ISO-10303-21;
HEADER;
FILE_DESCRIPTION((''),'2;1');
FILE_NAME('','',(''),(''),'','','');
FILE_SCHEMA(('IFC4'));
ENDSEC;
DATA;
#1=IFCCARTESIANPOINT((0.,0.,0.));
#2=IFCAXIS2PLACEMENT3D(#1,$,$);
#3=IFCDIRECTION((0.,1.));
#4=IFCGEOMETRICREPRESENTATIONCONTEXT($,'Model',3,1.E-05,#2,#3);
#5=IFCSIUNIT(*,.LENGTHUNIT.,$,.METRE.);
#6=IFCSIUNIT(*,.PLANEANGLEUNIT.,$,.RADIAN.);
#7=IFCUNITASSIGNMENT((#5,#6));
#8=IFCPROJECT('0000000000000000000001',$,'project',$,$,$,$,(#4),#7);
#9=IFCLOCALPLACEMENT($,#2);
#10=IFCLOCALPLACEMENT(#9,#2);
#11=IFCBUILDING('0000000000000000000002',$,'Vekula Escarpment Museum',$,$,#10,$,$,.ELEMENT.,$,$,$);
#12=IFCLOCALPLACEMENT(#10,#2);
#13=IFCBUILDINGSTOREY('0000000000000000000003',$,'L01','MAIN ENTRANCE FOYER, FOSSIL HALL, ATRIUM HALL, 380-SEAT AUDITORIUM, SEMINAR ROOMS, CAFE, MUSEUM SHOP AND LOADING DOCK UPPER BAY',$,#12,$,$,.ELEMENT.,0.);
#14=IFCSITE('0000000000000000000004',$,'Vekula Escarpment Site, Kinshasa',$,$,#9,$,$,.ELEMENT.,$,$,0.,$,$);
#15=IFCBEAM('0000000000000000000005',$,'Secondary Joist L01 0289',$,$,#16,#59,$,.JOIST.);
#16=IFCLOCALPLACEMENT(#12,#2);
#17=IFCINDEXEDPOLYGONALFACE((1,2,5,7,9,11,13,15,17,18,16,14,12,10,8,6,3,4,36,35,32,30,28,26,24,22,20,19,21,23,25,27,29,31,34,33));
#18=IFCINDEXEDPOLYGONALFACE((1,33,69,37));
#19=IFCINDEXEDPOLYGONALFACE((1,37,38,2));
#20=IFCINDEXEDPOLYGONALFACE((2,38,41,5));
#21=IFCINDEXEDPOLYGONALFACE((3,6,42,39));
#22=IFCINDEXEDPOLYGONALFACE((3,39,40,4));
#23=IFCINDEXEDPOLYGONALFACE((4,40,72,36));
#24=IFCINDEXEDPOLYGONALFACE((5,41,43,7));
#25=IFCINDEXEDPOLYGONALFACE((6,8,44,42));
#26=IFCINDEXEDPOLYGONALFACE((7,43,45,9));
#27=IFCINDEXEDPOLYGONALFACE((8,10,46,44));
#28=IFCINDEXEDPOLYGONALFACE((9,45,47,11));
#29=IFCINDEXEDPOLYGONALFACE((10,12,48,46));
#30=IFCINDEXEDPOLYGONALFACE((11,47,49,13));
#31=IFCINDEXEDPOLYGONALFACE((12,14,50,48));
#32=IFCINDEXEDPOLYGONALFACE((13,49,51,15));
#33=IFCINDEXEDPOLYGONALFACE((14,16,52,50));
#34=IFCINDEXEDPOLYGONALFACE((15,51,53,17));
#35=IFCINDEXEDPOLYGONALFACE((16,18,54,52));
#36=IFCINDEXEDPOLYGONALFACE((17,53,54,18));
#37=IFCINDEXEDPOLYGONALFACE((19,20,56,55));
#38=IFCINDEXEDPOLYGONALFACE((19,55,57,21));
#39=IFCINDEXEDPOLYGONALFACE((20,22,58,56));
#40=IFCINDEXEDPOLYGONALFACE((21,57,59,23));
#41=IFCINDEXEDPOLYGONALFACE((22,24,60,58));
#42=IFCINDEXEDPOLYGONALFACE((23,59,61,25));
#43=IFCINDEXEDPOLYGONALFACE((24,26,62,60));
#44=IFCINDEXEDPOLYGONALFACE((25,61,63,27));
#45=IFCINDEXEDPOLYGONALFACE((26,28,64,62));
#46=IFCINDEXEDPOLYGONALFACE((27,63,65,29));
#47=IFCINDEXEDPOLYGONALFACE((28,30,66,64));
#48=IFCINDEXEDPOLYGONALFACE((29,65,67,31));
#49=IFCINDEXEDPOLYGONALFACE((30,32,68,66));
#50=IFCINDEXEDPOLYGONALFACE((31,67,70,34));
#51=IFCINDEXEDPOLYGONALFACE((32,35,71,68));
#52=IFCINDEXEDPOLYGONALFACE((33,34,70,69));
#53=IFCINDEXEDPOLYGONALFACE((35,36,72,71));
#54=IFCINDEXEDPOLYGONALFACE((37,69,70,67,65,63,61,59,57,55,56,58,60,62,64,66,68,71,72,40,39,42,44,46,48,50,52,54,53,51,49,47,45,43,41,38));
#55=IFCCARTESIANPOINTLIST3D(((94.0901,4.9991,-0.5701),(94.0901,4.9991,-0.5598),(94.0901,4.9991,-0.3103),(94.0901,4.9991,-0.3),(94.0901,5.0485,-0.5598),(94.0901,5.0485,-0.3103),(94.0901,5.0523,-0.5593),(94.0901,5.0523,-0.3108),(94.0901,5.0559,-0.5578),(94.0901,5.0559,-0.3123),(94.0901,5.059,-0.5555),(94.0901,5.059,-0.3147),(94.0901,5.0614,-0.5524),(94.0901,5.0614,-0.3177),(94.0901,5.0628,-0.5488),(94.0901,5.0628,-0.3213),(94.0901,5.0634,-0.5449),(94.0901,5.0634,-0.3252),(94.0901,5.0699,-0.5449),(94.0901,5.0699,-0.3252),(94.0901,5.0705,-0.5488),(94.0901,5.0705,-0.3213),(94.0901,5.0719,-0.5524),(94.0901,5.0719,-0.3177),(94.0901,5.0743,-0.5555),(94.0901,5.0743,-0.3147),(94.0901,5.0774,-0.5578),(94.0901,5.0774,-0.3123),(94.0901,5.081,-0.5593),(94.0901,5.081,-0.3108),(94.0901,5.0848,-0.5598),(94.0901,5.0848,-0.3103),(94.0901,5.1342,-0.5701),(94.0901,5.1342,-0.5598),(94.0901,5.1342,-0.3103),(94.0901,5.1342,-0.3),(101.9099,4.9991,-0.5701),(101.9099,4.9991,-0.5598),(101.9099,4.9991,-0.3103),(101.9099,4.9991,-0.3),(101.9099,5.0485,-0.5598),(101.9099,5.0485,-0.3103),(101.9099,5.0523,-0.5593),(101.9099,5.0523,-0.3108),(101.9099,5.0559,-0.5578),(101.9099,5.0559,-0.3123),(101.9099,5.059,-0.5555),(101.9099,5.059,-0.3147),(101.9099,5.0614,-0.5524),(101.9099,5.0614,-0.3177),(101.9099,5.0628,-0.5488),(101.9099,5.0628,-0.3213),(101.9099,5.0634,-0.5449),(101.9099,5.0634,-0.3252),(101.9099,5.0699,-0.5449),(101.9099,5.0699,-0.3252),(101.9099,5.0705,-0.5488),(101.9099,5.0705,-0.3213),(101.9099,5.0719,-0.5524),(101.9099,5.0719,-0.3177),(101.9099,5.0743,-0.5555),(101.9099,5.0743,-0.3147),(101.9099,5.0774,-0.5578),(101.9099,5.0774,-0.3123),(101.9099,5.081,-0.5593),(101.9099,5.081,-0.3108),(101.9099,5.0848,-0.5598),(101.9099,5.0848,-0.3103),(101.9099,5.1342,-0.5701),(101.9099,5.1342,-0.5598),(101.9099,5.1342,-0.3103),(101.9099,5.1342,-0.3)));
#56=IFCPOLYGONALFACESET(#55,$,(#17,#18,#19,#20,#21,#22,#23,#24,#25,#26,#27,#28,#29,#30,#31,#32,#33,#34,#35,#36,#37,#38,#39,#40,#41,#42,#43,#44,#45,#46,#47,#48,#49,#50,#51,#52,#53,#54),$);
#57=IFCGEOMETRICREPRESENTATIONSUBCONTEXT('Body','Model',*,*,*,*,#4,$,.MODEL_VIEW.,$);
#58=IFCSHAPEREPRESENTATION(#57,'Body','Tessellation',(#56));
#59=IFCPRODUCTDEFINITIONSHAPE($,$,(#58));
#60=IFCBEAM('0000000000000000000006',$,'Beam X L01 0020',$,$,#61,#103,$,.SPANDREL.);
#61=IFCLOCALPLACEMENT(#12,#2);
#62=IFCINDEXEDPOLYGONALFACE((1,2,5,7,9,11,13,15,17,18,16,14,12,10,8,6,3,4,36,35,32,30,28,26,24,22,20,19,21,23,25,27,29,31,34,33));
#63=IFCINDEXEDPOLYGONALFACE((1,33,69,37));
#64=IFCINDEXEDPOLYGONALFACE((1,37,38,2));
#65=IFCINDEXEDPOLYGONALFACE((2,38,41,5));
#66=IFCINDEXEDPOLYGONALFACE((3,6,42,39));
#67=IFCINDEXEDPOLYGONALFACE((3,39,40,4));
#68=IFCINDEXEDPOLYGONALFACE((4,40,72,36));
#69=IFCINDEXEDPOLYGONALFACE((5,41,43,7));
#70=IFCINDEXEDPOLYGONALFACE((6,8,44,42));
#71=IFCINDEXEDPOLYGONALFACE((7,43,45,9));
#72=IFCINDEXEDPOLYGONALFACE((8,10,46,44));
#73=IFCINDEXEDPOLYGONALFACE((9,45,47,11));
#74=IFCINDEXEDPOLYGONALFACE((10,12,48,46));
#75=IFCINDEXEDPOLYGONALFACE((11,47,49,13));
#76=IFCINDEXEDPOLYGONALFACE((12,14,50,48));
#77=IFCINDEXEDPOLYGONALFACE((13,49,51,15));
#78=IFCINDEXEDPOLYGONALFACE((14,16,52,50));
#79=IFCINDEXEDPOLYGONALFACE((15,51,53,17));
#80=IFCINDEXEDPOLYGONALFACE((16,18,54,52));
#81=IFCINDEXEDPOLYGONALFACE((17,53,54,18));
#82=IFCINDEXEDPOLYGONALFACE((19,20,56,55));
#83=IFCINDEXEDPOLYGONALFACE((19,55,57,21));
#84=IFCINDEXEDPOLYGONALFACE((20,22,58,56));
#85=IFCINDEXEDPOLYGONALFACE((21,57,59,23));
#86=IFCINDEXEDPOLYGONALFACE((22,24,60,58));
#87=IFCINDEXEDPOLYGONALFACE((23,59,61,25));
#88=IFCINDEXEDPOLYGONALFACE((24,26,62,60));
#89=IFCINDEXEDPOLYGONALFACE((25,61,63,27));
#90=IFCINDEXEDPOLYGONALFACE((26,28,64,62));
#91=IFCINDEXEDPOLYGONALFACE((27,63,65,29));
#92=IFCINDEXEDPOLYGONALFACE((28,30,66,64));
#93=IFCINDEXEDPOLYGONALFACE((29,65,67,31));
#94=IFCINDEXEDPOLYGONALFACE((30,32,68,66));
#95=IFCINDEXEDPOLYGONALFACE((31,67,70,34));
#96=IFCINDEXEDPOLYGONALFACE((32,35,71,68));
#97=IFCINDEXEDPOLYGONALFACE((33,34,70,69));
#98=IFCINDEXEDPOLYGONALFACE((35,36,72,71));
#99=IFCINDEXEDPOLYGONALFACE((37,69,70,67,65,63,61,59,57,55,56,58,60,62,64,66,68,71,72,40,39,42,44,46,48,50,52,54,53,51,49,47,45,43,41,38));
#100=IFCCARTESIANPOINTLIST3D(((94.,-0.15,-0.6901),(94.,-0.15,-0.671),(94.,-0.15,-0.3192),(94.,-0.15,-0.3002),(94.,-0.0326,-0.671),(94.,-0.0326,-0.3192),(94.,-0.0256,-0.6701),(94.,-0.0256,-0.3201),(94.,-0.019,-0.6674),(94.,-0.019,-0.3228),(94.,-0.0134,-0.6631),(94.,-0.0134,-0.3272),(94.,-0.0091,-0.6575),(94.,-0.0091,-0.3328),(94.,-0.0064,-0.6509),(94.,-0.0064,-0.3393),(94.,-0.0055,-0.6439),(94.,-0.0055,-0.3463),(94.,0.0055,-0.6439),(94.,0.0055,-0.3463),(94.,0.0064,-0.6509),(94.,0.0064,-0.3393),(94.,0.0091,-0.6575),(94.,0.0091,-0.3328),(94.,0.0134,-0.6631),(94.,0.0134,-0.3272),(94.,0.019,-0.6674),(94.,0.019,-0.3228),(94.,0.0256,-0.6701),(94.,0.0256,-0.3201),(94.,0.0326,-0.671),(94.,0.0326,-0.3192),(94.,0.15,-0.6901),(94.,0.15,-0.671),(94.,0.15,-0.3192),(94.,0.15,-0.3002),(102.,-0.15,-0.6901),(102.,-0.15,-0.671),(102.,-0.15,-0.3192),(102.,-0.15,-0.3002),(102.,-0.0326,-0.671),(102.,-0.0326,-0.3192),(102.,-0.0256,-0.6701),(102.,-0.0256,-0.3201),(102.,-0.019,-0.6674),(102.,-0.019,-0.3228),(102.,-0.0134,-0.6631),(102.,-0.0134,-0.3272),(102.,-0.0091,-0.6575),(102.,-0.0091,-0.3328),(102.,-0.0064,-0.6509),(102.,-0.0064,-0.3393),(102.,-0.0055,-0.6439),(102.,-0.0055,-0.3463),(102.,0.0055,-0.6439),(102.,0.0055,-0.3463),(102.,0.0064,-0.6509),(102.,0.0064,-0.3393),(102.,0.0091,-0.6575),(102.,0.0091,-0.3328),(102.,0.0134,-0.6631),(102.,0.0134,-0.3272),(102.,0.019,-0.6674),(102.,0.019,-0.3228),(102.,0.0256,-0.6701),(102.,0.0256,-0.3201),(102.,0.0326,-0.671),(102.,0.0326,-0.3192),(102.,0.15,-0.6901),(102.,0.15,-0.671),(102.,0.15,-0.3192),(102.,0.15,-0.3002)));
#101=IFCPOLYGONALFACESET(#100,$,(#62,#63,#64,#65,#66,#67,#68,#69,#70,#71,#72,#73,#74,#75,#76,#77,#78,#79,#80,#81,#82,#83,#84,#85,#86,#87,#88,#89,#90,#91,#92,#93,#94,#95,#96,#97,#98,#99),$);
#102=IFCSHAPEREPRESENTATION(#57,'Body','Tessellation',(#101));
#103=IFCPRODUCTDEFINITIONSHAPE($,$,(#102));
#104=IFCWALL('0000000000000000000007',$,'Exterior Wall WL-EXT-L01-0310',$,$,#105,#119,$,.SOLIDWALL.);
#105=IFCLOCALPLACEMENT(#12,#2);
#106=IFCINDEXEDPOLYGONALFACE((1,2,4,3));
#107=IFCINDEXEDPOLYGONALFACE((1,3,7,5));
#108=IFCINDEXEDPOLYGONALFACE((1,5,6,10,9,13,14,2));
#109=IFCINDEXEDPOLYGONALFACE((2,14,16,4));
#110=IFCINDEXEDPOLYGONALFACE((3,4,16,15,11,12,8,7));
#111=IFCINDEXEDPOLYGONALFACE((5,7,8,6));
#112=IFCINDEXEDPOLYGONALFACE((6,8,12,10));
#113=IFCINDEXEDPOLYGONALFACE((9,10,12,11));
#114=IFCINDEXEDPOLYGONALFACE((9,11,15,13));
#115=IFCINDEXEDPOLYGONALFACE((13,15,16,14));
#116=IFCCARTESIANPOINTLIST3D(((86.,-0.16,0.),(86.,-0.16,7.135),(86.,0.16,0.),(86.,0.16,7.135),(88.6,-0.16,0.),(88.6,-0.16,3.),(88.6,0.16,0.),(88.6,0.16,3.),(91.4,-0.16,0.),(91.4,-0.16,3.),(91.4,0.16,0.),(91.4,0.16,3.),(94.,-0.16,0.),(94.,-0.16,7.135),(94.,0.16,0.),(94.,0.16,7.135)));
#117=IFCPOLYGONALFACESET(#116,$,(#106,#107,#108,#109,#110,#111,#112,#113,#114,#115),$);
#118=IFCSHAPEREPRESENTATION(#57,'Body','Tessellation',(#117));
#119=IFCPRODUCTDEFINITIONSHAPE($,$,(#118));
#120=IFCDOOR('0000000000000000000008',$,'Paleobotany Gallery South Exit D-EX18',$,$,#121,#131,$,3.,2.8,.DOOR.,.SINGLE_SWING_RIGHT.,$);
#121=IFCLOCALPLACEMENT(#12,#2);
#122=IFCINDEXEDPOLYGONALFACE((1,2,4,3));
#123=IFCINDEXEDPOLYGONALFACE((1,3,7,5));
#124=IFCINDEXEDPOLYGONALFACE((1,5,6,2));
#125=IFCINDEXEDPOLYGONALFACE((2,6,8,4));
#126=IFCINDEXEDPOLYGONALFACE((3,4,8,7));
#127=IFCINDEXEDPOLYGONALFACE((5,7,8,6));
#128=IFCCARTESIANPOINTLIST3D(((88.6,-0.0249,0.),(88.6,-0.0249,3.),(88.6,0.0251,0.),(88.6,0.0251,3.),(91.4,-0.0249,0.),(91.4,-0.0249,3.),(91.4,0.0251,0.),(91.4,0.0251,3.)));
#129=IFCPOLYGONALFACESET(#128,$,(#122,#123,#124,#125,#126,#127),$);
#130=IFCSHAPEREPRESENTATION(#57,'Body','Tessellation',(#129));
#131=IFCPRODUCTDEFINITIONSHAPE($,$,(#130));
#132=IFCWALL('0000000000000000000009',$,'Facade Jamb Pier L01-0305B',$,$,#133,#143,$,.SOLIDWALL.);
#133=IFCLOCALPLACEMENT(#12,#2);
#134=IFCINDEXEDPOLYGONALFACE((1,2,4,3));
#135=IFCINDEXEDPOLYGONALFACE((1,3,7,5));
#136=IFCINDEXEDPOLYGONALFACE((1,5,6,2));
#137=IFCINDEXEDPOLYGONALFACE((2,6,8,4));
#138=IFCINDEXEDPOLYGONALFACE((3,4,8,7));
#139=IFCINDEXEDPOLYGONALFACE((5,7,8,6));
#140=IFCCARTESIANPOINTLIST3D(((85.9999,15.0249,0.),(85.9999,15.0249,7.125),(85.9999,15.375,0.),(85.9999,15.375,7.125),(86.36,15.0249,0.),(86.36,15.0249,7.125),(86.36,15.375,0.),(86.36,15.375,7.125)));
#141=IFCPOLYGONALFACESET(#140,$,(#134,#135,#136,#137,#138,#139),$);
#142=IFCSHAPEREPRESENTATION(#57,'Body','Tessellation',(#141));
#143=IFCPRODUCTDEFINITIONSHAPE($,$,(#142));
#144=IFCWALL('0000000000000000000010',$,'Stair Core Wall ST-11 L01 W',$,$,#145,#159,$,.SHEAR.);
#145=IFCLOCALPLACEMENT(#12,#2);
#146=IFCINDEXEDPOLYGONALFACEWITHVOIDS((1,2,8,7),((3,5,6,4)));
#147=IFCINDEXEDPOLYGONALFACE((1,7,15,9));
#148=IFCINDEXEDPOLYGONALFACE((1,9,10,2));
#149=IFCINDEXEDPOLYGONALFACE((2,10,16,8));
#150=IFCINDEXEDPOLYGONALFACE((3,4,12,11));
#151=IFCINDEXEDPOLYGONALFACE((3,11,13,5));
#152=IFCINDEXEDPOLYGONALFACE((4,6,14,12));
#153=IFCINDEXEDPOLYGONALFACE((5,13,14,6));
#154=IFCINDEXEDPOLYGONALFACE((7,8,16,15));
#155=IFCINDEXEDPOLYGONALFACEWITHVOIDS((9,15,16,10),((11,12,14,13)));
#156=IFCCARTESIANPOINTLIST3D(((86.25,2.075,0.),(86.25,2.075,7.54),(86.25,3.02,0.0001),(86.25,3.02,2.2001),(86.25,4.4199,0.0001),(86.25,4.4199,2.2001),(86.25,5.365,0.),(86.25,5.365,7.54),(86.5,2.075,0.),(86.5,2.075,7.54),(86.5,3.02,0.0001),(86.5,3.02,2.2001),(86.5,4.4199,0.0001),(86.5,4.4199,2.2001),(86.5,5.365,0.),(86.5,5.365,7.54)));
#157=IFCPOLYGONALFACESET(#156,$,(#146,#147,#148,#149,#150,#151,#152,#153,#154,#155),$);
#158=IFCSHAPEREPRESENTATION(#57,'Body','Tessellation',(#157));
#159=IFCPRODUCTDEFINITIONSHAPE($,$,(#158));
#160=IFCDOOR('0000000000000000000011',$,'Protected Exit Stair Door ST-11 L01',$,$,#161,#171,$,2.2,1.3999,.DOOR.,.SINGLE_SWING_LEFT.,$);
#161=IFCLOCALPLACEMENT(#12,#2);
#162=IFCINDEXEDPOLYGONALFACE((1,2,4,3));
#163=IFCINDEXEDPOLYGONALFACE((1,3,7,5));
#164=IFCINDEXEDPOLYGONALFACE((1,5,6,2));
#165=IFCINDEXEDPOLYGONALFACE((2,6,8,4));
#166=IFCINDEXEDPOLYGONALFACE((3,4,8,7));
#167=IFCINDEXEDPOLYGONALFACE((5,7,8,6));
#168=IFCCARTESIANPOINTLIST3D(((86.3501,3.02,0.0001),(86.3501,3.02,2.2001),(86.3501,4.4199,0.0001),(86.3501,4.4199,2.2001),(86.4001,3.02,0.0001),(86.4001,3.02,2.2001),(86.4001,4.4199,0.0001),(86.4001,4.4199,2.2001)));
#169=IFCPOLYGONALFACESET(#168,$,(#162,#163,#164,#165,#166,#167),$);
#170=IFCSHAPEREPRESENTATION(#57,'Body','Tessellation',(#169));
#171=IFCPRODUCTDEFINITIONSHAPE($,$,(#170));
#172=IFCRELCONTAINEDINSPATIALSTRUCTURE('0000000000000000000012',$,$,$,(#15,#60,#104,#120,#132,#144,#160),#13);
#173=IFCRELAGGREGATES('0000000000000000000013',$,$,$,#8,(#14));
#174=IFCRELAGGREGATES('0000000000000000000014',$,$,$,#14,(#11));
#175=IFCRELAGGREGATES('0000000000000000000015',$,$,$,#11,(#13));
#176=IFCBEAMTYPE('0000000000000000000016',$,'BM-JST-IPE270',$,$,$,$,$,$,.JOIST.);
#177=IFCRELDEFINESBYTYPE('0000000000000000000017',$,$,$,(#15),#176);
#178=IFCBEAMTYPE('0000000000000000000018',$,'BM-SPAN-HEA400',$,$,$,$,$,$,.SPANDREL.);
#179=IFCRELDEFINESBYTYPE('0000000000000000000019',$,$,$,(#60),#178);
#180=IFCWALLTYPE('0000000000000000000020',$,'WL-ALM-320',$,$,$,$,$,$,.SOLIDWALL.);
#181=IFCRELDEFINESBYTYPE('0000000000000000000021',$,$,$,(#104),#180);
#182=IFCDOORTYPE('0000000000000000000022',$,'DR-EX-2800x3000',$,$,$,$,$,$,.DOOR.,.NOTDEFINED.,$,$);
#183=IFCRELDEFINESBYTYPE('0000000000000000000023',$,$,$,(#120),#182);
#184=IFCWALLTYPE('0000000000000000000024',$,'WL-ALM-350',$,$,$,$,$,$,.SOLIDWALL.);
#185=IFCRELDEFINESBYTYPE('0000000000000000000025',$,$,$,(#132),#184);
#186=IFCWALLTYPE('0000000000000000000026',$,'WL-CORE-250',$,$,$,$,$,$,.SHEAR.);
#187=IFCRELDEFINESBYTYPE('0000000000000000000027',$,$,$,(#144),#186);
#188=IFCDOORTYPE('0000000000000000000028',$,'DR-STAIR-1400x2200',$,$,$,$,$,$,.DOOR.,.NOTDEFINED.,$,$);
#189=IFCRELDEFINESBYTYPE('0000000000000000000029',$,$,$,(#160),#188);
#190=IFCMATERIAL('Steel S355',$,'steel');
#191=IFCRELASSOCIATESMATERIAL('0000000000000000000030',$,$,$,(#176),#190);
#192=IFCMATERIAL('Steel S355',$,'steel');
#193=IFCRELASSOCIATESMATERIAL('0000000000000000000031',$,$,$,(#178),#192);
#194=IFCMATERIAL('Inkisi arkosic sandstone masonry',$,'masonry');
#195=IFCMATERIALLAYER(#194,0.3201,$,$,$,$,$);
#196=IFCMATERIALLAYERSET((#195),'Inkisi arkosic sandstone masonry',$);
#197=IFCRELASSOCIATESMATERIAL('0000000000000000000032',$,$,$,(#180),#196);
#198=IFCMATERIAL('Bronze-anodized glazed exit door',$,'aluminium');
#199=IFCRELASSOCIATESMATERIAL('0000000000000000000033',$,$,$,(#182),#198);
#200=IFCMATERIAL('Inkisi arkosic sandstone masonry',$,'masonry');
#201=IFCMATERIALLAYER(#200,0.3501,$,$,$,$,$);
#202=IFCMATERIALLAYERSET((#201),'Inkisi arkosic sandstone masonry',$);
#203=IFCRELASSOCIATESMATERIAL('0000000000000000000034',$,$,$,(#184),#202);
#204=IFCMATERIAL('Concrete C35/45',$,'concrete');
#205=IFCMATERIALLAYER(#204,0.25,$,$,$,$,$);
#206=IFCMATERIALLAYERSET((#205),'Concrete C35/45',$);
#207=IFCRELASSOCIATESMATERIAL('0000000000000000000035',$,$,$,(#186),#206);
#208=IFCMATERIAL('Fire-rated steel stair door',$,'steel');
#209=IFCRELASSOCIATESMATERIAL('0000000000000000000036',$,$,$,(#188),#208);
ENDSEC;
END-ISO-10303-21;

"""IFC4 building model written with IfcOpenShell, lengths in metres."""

from ifc_helpers import new_model, si_unit, direction, frame, frame_2d, origin, origin_2d, place, context, subcontext, project, spatial, rectangle, i_section, extrude, material, layer, layer_set, material_profile, profile_set, type_object, element, fill, save


model = new_model("IFC4")

# Units and contexts
model_context = context("Model", 3, precision=1e-05, world=origin(), true_north=direction((0.0, 1.0)))
body_context = subcontext(model_context, "Body", "Model", "MODEL_VIEW")
ifc_project = project(units=[si_unit("LENGTHUNIT", "METRE"), si_unit("PLANEANGLEUNIT", "RADIAN")], contexts=[model_context])

# Site, building, storey
site_placement = place(None, origin())
site = spatial("IfcSite", under=ifc_project, at=site_placement, Name="Vekula Escarpment Site, Kinshasa", CompositionType="ELEMENT", RefElevation=0.0)
building_placement = place(site_placement, origin())
building = spatial("IfcBuilding", under=site, at=building_placement, Name="Vekula Escarpment Museum", CompositionType="ELEMENT")
storey_placement = place(building_placement, origin())
storey = spatial("IfcBuildingStorey", under=building, at=storey_placement, Name="L01", Description="MAIN ENTRANCE FOYER, FOSSIL HALL, ATRIUM HALL, 380-SEAT AUDITORIUM, SEMINAR ROOMS, CAFE, MUSEUM SHOP AND LOADING DOCK UPPER BAY", CompositionType="ELEMENT", Elevation=0.0)

# Beams
ifc_material_1 = material(Name="Steel S355", Category="steel")
ifc_material_profile_1 = material_profile(ifc_material_1, i_section(OverallWidth=0.135, OverallDepth=0.27, WebThickness=0.0066, FlangeThickness=0.0103, FilletRadius=0.0149, at=origin_2d()), Name="IPE 270")
ifc_profile_set_1 = profile_set([ifc_material_profile_1], Name="Steel S355")
beam_type_1 = type_object("IfcBeamType", Name="BM-JST-IPE270", PredefinedType="JOIST", material=ifc_profile_set_1)
for number, where, z_axis, x_axis, name in (
    (1, (94.0901, 5.0667, -0.4351), (1.0, 0.0, 0.0), (0.0, 1.0, 0.0), "Secondary Joist L01 0289"),
):
    element("IfcBeam", number, at=place(storey_placement, frame(where, z_axis=z_axis, x_axis=x_axis)), inside=storey, type_object=beam_type_1, Name=name, PredefinedType="JOIST", context=body_context, shape_type="SweptSolid", body=[
        extrude(i_section(OverallWidth=0.135, OverallDepth=0.27, WebThickness=0.0066, FlangeThickness=0.0103, FilletRadius=0.0149, at=origin_2d()), origin(), (0.0, 0.0, 1.0), 7.8198),
    ])
ifc_material_2 = material(Name="Steel S355", Category="steel")
ifc_material_profile_2 = material_profile(ifc_material_2, i_section(OverallWidth=0.3, OverallDepth=0.3899, WebThickness=0.011, FlangeThickness=0.019, FilletRadius=0.0271, at=origin_2d()), Name="HEA 400")
ifc_profile_set_2 = profile_set([ifc_material_profile_2], Name="Steel S355")
beam_type_2 = type_object("IfcBeamType", Name="BM-SPAN-HEA400", PredefinedType="SPANDREL", material=ifc_profile_set_2)
beam_1_placement = place(storey_placement, frame((94.0, 0.0, -0.4951), z_axis=(1.0, 0.0, 0.0), x_axis=(0.0, 1.0, 0.0)))
element("IfcBeam", 2, at=beam_1_placement, inside=storey, type_object=beam_type_2, Name="Beam X L01 0020", PredefinedType="SPANDREL", context=body_context, shape_type="SweptSolid", body=[
    extrude(i_section(OverallWidth=0.3, OverallDepth=0.3899, WebThickness=0.011, FlangeThickness=0.019, FilletRadius=0.0271, at=origin_2d()), origin(), (0.0, 0.0, 1.0), 8.0),
])

# Wall, opening, door
ifc_material_3 = material(Name="Inkisi arkosic sandstone masonry", Category="masonry")
ifc_layer_1 = layer(ifc_material_3, 0.3201)
ifc_layer_set_1 = layer_set([ifc_layer_1], Name="Inkisi arkosic sandstone masonry")
wall_type_1 = type_object("IfcWallType", Name="WL-ALM-320", PredefinedType="SOLIDWALL", material=ifc_layer_set_1)
wall_1_placement = place(storey_placement, frame((94.0, 0.0, 0.0), z_axis=(0.0, 0.0, 1.0), x_axis=(-1.0, 0.0, 0.0)))
wall_1 = element("IfcWall", 3, at=wall_1_placement, inside=storey, type_object=wall_type_1, Name="Exterior Wall WL-EXT-L01-0310", PredefinedType="SOLIDWALL", context=body_context, shape_type="SweptSolid", body=[
    extrude(rectangle(XDim=8.0, YDim=0.3201, at=frame_2d((4.0, 0.0))), origin(), (0.0, 0.0, 1.0), 7.135),
])
opening_1_placement = place(wall_1_placement, frame((2.6001, 0.0, 0.0)))
opening_1 = element("IfcOpeningElement", 4, at=opening_1_placement, cuts=wall_1, PredefinedType="OPENING", context=body_context, shape_type="SweptSolid", body=[
    extrude(rectangle(XDim=2.8, YDim=3.0, at=frame_2d((1.3999, 1.5))), frame((0.0, 0.1699, 0.0), z_axis=(0.0, -1.0, 0.0), x_axis=(1.0, 0.0, 0.0)), (0.0, 0.0, 1.0), 0.3401),
])
ifc_material_4 = material(Name="Bronze-anodized glazed exit door", Category="aluminium")
door_type_1 = type_object("IfcDoorType", Name="DR-EX-2800x3000", OperationType="NOTDEFINED", PredefinedType="DOOR", material=ifc_material_4)
door_1_placement = place(opening_1_placement, origin())
door_1 = element("IfcDoor", 5, at=door_1_placement, inside=storey, type_object=door_type_1, Name="Paleobotany Gallery South Exit D-EX18", OperationType="SINGLE_SWING_RIGHT", OverallHeight=3.0, OverallWidth=2.8, PredefinedType="DOOR", context=body_context, shape_type="SweptSolid", body=[
    extrude(rectangle(XDim=2.8, YDim=3.0, at=frame_2d((1.3999, 1.5))), frame((0.0, 0.0249, 0.0), z_axis=(0.0, -1.0, 0.0), x_axis=(1.0, 0.0, 0.0)), (0.0, 0.0, 1.0), 0.05),
])
fill(opening_1, door_1)

# Wall
ifc_material_5 = material(Name="Inkisi arkosic sandstone masonry", Category="masonry")
ifc_layer_2 = layer(ifc_material_5, 0.3501)
ifc_layer_set_2 = layer_set([ifc_layer_2], Name="Inkisi arkosic sandstone masonry")
wall_type_2 = type_object("IfcWallType", Name="WL-ALM-350", PredefinedType="SOLIDWALL", material=ifc_layer_set_2)
wall_2_placement = place(storey_placement, frame((86.3601, 15.2, 0.0), z_axis=(0.0, 0.0, 1.0), x_axis=(-1.0, 0.0, 0.0)))
element("IfcWall", 6, at=wall_2_placement, inside=storey, type_object=wall_type_2, Name="Facade Jamb Pier L01-0305B", PredefinedType="SOLIDWALL", context=body_context, shape_type="SweptSolid", body=[
    extrude(rectangle(XDim=0.3601, YDim=0.3501, at=frame_2d((0.1802, 0.0))), origin(), (0.0, 0.0, 1.0), 7.125),
])

# Wall, opening, door
ifc_material_6 = material(Name="Concrete C35/45", Category="concrete")
ifc_layer_3 = layer(ifc_material_6, 0.25)
ifc_layer_set_3 = layer_set([ifc_layer_3], Name="Concrete C35/45")
wall_type_3 = type_object("IfcWallType", Name="WL-CORE-250", PredefinedType="SHEAR", material=ifc_layer_set_3)
wall_3_placement = place(storey_placement, frame((86.375, 2.075, 0.0), z_axis=(0.0, 0.0, 1.0), x_axis=(0.0, 1.0, 0.0)))
wall_3 = element("IfcWall", 7, at=wall_3_placement, inside=storey, type_object=wall_type_3, Name="Stair Core Wall ST-11 L01 W", PredefinedType="SHEAR", context=body_context, shape_type="SweptSolid", body=[
    extrude(rectangle(XDim=3.29, YDim=0.25, at=frame_2d((1.645, 0.0))), origin(), (0.0, 0.0, 1.0), 7.54),
])
opening_2_placement = place(wall_3_placement, frame((0.9451, 0.0, 0.0)))
opening_2 = element("IfcOpeningElement", 8, at=opening_2_placement, cuts=wall_3, PredefinedType="OPENING", context=body_context, shape_type="SweptSolid", body=[
    extrude(rectangle(XDim=1.3999, YDim=2.2, at=frame_2d((0.7, 1.1001))), frame((0.0, 0.135, 0.0), z_axis=(0.0, -1.0, 0.0), x_axis=(1.0, 0.0, 0.0)), (0.0, 0.0, 1.0), 0.27),
])
ifc_material_7 = material(Name="Fire-rated steel stair door", Category="steel")
door_type_2 = type_object("IfcDoorType", Name="DR-STAIR-1400x2200", OperationType="NOTDEFINED", PredefinedType="DOOR", material=ifc_material_7)
door_2_placement = place(opening_2_placement, origin())
door_2 = element("IfcDoor", 9, at=door_2_placement, inside=storey, type_object=door_type_2, Name="Protected Exit Stair Door ST-11 L01", OperationType="SINGLE_SWING_LEFT", OverallHeight=2.2, OverallWidth=1.3999, PredefinedType="DOOR", context=body_context, shape_type="SweptSolid", body=[
    extrude(rectangle(XDim=1.3999, YDim=2.2, at=frame_2d((0.7, 1.1001))), frame((0.0, 0.0249, 0.0), z_axis=(0.0, -1.0, 0.0), x_axis=(1.0, 0.0, 0.0)), (0.0, 0.0, 1.0), 0.05),
])
fill(opening_2, door_2)

save(model, "model.ifc")
